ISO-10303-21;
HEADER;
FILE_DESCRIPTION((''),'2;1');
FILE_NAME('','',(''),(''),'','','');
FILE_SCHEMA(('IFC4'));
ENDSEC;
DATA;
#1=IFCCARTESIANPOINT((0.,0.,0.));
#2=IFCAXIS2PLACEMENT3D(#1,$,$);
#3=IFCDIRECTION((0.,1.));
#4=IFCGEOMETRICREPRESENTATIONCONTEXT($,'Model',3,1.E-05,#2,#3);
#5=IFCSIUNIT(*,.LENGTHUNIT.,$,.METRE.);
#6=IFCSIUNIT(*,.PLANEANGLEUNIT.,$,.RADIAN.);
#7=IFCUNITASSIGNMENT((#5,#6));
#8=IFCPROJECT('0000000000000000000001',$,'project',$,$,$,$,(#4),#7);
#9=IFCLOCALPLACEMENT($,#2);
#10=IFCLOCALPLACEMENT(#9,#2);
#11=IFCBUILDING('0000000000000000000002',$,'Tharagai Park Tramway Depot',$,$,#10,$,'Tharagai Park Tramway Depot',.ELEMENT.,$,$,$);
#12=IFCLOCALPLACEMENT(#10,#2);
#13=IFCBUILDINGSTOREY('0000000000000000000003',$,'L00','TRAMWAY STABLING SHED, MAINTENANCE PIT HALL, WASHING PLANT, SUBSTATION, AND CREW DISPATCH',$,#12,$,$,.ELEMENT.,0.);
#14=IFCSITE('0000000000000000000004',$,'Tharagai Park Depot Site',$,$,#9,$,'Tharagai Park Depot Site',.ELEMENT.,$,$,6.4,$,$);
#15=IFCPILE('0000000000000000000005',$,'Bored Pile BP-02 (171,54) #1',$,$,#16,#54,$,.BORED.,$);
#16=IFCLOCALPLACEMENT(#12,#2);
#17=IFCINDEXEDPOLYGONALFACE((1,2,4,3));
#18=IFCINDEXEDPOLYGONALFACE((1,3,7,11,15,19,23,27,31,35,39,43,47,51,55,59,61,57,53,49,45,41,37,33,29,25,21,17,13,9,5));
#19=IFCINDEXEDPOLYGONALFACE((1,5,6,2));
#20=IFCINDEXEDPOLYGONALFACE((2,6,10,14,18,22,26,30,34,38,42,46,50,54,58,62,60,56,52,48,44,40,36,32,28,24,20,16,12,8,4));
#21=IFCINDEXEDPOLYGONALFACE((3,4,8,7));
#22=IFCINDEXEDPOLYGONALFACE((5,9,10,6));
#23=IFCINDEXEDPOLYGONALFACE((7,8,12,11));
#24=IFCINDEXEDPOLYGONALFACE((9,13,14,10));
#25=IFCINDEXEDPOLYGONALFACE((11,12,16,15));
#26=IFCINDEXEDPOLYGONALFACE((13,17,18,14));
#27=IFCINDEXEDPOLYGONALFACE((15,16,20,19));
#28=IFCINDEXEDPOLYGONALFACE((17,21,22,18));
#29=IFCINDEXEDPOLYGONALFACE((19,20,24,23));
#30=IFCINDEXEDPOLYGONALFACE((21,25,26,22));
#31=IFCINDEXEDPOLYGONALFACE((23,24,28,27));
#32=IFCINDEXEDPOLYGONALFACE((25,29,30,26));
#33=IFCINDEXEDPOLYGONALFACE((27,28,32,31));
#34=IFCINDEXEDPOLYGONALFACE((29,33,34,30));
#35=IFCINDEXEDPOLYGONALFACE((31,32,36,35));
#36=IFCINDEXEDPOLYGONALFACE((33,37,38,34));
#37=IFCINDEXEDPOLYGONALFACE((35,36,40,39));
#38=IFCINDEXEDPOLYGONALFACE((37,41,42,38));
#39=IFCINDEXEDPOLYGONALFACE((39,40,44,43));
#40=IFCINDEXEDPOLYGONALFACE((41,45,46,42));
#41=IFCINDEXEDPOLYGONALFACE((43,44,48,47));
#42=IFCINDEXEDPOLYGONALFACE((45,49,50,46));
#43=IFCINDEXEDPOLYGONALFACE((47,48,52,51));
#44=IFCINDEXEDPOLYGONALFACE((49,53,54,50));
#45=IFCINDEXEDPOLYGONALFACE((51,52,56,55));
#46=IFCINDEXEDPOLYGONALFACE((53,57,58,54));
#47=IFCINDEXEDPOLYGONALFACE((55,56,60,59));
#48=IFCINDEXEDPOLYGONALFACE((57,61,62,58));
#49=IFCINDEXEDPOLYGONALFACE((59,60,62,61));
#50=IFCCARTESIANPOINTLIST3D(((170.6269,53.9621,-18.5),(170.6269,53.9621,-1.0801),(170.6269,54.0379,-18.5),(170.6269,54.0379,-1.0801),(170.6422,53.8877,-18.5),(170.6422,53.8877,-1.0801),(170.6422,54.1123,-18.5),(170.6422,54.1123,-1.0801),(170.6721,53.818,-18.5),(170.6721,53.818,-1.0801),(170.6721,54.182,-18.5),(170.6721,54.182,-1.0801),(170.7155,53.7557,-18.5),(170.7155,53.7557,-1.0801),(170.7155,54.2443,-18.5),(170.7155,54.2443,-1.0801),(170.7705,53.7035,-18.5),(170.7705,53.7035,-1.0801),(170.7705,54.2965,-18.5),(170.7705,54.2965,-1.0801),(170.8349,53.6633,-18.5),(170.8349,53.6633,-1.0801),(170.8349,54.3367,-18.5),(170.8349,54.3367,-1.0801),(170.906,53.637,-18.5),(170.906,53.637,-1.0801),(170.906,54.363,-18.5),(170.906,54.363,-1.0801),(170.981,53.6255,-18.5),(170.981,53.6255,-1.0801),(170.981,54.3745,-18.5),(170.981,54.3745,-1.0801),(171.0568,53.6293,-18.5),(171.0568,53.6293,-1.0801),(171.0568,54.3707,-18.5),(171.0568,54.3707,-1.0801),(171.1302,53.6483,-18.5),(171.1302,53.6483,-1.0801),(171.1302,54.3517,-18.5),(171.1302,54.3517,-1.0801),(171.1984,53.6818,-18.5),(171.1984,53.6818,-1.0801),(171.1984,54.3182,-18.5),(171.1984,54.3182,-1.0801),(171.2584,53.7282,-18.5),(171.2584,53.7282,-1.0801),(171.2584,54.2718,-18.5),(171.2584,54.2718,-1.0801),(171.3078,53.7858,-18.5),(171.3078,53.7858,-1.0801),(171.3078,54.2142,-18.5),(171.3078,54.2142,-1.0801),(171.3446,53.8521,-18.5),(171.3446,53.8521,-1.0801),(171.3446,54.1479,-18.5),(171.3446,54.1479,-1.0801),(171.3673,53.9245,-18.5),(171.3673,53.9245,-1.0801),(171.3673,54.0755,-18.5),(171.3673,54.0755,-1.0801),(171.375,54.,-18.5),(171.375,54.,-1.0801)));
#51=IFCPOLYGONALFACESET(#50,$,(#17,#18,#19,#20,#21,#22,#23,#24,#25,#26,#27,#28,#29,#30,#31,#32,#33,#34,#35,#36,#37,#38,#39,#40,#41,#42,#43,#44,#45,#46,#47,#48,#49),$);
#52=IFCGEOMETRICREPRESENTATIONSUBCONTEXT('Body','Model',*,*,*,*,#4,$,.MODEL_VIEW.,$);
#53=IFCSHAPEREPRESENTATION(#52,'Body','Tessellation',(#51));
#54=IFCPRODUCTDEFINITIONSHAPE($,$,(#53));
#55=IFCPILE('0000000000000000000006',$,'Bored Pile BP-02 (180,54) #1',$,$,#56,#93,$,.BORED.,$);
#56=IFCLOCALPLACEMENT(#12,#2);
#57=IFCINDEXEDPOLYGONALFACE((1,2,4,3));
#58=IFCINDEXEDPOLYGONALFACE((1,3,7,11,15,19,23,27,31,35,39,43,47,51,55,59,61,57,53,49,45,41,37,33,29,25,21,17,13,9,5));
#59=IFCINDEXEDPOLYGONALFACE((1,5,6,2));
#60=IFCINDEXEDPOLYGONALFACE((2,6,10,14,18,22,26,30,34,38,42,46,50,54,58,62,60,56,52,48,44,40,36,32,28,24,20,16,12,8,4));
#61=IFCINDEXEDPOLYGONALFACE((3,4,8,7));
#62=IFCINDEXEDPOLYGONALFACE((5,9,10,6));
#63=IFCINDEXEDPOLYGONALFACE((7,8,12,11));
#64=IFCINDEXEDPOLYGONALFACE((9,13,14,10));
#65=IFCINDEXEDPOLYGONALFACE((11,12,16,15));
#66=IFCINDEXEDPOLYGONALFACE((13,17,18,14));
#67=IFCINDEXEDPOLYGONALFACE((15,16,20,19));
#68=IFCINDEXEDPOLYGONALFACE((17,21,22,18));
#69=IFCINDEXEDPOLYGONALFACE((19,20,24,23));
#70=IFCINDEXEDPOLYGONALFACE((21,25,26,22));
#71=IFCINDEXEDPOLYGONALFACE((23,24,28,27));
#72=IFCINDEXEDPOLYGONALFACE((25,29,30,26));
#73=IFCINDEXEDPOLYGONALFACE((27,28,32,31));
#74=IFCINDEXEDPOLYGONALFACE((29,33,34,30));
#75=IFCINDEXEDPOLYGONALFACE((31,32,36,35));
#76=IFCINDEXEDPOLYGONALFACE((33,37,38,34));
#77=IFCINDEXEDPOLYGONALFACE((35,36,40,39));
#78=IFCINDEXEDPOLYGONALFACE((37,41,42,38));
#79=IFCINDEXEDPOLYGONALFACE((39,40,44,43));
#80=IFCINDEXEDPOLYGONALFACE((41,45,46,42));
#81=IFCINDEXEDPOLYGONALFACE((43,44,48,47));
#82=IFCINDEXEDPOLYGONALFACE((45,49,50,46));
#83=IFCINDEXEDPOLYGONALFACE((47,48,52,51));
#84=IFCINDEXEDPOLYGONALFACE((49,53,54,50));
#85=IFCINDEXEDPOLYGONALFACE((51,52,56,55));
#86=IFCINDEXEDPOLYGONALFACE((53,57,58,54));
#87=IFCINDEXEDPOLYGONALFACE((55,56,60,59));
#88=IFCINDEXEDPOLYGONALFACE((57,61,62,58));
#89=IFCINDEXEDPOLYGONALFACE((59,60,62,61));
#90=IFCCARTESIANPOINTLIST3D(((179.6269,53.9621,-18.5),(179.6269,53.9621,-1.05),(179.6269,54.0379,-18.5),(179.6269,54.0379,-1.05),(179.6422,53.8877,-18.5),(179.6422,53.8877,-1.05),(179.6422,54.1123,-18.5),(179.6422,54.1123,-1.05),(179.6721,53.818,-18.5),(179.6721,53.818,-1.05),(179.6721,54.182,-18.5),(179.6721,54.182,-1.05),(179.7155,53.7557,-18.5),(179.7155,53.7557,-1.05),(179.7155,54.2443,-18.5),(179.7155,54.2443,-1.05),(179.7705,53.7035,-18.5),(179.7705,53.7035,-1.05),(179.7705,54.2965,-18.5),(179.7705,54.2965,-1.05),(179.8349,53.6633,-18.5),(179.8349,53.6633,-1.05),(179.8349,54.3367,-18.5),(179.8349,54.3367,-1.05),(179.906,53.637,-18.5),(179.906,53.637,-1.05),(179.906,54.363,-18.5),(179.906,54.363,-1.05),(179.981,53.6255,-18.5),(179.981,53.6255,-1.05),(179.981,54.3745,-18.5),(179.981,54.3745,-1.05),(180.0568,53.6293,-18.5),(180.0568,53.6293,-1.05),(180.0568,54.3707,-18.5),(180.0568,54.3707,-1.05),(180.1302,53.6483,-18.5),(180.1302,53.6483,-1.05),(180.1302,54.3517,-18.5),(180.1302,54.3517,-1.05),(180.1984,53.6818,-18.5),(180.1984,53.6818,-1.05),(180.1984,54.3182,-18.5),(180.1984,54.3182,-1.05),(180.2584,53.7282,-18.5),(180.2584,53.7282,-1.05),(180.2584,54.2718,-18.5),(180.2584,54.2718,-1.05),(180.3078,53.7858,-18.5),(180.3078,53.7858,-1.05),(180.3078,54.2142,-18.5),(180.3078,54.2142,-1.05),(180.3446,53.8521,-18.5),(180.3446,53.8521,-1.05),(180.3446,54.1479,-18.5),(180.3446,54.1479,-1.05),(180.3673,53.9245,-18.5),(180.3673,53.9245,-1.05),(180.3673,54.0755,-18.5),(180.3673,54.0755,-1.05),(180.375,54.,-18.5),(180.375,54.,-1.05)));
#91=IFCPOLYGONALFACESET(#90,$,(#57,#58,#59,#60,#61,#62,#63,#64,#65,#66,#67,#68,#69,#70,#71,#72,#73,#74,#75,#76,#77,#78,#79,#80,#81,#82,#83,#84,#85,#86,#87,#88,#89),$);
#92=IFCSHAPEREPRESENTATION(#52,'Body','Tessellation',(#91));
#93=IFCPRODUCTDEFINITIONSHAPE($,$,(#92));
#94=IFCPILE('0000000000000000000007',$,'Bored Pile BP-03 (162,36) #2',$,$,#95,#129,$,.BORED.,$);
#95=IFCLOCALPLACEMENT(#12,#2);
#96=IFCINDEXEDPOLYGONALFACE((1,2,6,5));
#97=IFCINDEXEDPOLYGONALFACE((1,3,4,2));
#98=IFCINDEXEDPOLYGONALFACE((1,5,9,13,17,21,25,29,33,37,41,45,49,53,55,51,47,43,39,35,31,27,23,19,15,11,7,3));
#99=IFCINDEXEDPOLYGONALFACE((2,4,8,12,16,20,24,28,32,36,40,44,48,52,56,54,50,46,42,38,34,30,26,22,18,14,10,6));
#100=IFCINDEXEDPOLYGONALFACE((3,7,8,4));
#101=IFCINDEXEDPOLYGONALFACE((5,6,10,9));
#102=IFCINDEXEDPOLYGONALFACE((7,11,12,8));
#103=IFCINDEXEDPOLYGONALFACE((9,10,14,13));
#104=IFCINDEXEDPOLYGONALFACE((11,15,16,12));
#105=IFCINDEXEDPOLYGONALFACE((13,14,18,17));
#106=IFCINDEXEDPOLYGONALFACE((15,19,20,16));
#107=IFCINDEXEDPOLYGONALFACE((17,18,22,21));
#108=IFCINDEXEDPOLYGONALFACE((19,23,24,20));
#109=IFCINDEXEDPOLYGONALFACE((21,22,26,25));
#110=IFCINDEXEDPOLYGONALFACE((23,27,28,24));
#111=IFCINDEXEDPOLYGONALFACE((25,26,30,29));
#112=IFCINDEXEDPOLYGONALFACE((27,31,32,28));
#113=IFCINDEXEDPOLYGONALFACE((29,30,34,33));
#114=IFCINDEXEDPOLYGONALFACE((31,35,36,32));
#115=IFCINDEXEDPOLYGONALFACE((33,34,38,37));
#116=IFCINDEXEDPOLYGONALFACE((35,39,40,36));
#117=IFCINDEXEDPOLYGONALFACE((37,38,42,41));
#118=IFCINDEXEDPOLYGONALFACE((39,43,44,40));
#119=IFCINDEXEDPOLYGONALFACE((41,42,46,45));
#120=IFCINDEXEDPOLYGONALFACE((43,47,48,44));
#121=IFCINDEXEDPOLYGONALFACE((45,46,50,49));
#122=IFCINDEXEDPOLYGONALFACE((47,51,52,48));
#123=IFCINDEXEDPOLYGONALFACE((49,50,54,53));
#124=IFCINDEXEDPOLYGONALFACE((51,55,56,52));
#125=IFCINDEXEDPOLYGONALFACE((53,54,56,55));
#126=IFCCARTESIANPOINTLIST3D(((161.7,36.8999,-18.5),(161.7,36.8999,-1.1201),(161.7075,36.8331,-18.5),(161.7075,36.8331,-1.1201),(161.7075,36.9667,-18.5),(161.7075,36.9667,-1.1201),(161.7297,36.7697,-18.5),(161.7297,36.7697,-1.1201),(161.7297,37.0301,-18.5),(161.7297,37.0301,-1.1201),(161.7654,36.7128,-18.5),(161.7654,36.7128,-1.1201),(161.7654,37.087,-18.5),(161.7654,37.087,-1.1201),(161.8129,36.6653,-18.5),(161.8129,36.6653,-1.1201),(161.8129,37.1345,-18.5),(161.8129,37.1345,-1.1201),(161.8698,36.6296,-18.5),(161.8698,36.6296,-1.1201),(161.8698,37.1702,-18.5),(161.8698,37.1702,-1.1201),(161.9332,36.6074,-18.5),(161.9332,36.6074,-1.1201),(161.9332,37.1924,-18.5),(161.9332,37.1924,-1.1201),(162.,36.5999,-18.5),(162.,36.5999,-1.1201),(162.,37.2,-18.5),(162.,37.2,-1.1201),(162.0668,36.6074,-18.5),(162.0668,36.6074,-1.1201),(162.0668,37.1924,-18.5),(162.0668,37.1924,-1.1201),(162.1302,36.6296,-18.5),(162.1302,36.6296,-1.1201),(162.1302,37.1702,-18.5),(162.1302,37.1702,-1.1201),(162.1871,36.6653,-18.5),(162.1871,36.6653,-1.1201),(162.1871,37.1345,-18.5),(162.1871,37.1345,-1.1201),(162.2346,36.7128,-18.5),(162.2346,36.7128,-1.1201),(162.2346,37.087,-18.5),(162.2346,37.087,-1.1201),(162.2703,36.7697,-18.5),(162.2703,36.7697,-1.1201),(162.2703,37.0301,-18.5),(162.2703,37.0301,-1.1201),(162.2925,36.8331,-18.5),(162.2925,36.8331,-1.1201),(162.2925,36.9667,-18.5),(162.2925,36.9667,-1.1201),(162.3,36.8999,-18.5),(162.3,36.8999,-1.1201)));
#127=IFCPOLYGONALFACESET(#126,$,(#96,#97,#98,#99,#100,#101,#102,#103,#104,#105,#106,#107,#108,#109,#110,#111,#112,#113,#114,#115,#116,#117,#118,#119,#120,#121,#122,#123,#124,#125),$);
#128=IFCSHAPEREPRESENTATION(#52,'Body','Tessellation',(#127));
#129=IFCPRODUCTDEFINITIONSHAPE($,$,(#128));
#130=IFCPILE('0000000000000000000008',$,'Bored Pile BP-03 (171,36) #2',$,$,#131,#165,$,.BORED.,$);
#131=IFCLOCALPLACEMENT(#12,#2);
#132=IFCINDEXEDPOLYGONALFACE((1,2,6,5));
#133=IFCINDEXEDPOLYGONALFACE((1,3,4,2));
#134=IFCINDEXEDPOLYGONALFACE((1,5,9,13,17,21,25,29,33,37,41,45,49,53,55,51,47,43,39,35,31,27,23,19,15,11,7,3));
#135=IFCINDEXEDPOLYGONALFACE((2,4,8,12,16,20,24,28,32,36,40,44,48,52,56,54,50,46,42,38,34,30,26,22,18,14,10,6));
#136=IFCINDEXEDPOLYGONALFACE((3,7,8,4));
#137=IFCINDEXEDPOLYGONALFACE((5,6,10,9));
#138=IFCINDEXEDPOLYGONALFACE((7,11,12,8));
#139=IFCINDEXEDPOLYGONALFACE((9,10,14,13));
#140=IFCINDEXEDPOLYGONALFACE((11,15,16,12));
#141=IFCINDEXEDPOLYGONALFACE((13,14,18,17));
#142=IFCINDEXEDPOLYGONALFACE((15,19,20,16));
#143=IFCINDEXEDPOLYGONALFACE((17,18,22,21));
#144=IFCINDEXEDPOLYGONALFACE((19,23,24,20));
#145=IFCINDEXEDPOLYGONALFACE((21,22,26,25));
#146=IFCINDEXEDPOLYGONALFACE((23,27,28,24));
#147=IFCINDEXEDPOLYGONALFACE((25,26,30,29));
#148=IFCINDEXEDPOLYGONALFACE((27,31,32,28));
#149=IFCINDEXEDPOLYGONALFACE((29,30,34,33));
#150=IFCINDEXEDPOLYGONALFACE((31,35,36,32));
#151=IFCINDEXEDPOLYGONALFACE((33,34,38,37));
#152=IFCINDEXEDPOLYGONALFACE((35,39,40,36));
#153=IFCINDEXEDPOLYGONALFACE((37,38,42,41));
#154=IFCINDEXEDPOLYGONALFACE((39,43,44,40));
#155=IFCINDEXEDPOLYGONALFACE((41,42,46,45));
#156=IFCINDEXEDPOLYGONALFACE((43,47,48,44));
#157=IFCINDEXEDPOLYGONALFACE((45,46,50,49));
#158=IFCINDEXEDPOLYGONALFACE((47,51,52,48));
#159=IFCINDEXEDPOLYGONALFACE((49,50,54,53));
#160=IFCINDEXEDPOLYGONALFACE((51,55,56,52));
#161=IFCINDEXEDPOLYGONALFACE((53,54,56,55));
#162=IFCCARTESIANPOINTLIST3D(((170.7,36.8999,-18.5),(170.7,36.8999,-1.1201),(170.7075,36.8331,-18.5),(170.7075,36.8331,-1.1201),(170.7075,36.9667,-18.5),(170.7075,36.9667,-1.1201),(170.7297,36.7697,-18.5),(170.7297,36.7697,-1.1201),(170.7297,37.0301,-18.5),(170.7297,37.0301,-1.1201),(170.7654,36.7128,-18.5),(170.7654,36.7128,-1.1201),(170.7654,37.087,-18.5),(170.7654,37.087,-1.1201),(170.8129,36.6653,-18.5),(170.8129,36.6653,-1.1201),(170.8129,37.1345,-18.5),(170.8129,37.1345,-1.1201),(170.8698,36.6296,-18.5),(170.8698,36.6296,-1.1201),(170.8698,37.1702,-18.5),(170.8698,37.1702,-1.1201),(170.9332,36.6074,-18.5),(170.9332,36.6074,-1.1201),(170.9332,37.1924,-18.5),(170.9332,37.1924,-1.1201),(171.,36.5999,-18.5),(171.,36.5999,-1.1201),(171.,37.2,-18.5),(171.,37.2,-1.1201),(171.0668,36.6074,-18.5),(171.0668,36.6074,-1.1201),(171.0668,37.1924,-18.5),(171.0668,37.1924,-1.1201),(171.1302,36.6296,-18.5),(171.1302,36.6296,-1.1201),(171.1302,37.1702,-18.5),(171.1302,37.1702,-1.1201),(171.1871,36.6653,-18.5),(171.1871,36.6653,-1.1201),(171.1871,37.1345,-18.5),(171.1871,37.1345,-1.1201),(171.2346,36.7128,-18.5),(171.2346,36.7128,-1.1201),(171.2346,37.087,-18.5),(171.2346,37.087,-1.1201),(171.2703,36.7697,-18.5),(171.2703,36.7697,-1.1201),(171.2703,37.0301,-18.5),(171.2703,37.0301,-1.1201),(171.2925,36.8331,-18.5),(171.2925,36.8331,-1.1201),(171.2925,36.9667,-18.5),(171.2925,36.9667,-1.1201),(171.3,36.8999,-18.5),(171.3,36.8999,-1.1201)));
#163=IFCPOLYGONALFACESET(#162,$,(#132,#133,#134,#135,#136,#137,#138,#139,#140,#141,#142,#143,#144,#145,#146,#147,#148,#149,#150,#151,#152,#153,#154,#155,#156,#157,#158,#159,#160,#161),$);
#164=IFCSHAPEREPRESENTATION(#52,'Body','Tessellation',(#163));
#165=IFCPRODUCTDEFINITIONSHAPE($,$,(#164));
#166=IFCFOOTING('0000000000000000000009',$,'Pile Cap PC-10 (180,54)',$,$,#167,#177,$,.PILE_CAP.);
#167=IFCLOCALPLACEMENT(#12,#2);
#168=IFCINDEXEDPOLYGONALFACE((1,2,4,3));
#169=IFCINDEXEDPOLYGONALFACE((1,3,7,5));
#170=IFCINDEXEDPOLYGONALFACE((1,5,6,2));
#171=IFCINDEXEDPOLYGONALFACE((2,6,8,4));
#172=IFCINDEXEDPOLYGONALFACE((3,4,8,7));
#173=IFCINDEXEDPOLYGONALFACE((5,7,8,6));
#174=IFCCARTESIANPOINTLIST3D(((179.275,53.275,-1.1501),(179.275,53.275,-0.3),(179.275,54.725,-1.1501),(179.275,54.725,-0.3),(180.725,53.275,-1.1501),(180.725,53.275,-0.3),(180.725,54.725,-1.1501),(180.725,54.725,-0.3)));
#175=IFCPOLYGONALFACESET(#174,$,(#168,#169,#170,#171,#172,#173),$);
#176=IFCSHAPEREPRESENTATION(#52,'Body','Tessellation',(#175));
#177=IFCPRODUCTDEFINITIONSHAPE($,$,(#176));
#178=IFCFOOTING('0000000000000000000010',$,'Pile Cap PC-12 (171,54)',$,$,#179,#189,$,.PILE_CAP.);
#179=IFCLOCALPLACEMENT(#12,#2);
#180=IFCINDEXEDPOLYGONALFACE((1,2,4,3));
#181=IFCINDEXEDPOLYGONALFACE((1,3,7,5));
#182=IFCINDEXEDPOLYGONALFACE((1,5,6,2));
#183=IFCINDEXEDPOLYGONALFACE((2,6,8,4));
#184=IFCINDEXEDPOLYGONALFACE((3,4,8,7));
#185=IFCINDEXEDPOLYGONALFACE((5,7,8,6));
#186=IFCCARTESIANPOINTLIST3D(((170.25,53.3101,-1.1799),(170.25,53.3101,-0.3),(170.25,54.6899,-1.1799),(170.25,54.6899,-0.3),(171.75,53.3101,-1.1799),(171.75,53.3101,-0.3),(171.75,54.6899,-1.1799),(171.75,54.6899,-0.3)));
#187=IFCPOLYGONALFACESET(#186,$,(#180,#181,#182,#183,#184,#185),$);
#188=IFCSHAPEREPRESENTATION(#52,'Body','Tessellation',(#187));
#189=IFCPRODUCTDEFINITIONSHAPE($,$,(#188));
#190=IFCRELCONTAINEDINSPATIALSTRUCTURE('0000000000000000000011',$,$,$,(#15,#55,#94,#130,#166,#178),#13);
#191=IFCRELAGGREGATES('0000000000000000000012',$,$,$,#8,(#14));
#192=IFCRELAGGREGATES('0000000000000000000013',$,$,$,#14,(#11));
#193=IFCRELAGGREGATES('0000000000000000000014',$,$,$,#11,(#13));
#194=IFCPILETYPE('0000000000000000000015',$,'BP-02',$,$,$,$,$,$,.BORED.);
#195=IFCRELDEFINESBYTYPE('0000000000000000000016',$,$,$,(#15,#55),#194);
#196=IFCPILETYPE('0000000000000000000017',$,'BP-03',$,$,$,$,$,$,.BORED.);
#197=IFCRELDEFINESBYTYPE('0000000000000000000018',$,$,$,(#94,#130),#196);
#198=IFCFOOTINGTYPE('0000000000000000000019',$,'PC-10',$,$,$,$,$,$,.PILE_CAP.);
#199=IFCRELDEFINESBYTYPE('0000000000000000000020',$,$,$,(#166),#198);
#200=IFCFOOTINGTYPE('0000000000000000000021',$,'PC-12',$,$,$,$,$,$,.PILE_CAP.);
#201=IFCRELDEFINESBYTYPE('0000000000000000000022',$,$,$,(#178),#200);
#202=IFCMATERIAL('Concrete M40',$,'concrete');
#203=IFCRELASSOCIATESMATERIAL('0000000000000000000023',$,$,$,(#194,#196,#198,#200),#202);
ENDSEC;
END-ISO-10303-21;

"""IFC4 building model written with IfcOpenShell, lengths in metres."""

from ifc_helpers import new_model, si_unit, direction, frame, origin, origin_2d, place, context, subcontext, project, spatial, rectangle, circle, extrude, material, material_profile, profile_set, type_object, element, save


model = new_model("IFC4")

# Units and contexts
model_context = context("Model", 3, precision=1e-05, world=origin(), true_north=direction((0.0, 1.0)))
body_context = subcontext(model_context, "Body", "Model", "MODEL_VIEW")
ifc_project = project(units=[si_unit("LENGTHUNIT", "METRE"), si_unit("PLANEANGLEUNIT", "RADIAN")], contexts=[model_context])

# Site, building, storey
site_placement = place(None, origin())
site = spatial("IfcSite", under=ifc_project, at=site_placement, Name="Tharagai Park Depot Site", LongName="Tharagai Park Depot Site", CompositionType="ELEMENT", RefElevation=6.4)
building_placement = place(site_placement, origin())
building = spatial("IfcBuilding", under=site, at=building_placement, Name="Tharagai Park Tramway Depot", LongName="Tharagai Park Tramway Depot", CompositionType="ELEMENT")
storey_placement = place(building_placement, origin())
storey = spatial("IfcBuildingStorey", under=building, at=storey_placement, Name="L00", Description="TRAMWAY STABLING SHED, MAINTENANCE PIT HALL, WASHING PLANT, SUBSTATION, AND CREW DISPATCH", CompositionType="ELEMENT", Elevation=0.0)

# Piles
ifc_material_1 = material(Name="Concrete M40", Category="concrete")
ifc_material_profile_1 = material_profile(ifc_material_1, circle(Radius=0.375, at=origin_2d()), Name="PILE D750")
ifc_profile_set_1 = profile_set([ifc_material_profile_1], Name="Concrete M40")
pile_type_1 = type_object("IfcPileType", Name="BP-02", PredefinedType="BORED", material=ifc_profile_set_1)
pile_1_placement = place(storey_placement, frame((171.0, 54.0, -1.0801), z_axis=(0.0, 0.0, -1.0), x_axis=(1.0, 0.0, 0.0)))
element("IfcPile", 1, at=pile_1_placement, inside=storey, type_object=pile_type_1, Name="Bored Pile BP-02 (171,54) #1", PredefinedType="BORED", context=body_context, shape_type="SweptSolid", body=[
    extrude(circle(Radius=0.375, at=origin_2d()), origin(), (0.0, 0.0, 1.0), 17.4199),
])
pile_2_placement = place(storey_placement, frame((180.0, 54.0, -1.05), z_axis=(0.0, 0.0, -1.0), x_axis=(1.0, 0.0, 0.0)))
element("IfcPile", 2, at=pile_2_placement, inside=storey, type_object=pile_type_1, Name="Bored Pile BP-02 (180,54) #1", PredefinedType="BORED", context=body_context, shape_type="SweptSolid", body=[
    extrude(circle(Radius=0.375, at=origin_2d()), origin(), (0.0, 0.0, 1.0), 17.45),
])
ifc_material_profile_2 = material_profile(ifc_material_1, circle(Radius=0.3, at=origin_2d()), Name="PILE D600")
ifc_profile_set_2 = profile_set([ifc_material_profile_2], Name="Concrete M40")
pile_type_2 = type_object("IfcPileType", Name="BP-03", PredefinedType="BORED", material=ifc_profile_set_2)
for number, where, z_axis, x_axis, name in (
    (3, (162.0, 36.8999, -1.1201), (0.0, 0.0, -1.0), (1.0, 0.0, 0.0), "Bored Pile BP-03 (162,36) #2"),
    (4, (171.0, 36.8999, -1.1201), (0.0, 0.0, -1.0), (1.0, 0.0, 0.0), "Bored Pile BP-03 (171,36) #2"),
):
    element("IfcPile", number, at=place(storey_placement, frame(where, z_axis=z_axis, x_axis=x_axis)), inside=storey, type_object=pile_type_2, Name=name, PredefinedType="BORED", context=body_context, shape_type="SweptSolid", body=[
        extrude(circle(Radius=0.3, at=origin_2d()), origin(), (0.0, 0.0, 1.0), 17.3799),
    ])

# Footings
footing_type_1 = type_object("IfcFootingType", Name="PC-10", PredefinedType="PILE_CAP", material=ifc_material_1)
footing_1_placement = place(storey_placement, frame((180.0, 54.0, -1.1501), z_axis=(0.0, 0.0, 1.0), x_axis=(1.0, 0.0, 0.0)))
element("IfcFooting", 5, at=footing_1_placement, inside=storey, type_object=footing_type_1, Name="Pile Cap PC-10 (180,54)", PredefinedType="PILE_CAP", context=body_context, shape_type="SweptSolid", body=[
    extrude(rectangle(XDim=1.45, YDim=1.45, at=origin_2d()), origin(), (0.0, 0.0, 1.0), 0.8501),
])
footing_type_2 = type_object("IfcFootingType", Name="PC-12", PredefinedType="PILE_CAP", material=ifc_material_1)
footing_2_placement = place(storey_placement, frame((171.0, 54.0, -1.1799), z_axis=(0.0, 0.0, 1.0), x_axis=(1.0, 0.0, 0.0)))
element("IfcFooting", 6, at=footing_2_placement, inside=storey, type_object=footing_type_2, Name="Pile Cap PC-12 (171,54)", PredefinedType="PILE_CAP", context=body_context, shape_type="SweptSolid", body=[
    extrude(rectangle(XDim=1.5, YDim=1.3799, at=origin_2d()), origin(), (0.0, 0.0, 1.0), 0.8799),
])

save(model, "model.ifc")
